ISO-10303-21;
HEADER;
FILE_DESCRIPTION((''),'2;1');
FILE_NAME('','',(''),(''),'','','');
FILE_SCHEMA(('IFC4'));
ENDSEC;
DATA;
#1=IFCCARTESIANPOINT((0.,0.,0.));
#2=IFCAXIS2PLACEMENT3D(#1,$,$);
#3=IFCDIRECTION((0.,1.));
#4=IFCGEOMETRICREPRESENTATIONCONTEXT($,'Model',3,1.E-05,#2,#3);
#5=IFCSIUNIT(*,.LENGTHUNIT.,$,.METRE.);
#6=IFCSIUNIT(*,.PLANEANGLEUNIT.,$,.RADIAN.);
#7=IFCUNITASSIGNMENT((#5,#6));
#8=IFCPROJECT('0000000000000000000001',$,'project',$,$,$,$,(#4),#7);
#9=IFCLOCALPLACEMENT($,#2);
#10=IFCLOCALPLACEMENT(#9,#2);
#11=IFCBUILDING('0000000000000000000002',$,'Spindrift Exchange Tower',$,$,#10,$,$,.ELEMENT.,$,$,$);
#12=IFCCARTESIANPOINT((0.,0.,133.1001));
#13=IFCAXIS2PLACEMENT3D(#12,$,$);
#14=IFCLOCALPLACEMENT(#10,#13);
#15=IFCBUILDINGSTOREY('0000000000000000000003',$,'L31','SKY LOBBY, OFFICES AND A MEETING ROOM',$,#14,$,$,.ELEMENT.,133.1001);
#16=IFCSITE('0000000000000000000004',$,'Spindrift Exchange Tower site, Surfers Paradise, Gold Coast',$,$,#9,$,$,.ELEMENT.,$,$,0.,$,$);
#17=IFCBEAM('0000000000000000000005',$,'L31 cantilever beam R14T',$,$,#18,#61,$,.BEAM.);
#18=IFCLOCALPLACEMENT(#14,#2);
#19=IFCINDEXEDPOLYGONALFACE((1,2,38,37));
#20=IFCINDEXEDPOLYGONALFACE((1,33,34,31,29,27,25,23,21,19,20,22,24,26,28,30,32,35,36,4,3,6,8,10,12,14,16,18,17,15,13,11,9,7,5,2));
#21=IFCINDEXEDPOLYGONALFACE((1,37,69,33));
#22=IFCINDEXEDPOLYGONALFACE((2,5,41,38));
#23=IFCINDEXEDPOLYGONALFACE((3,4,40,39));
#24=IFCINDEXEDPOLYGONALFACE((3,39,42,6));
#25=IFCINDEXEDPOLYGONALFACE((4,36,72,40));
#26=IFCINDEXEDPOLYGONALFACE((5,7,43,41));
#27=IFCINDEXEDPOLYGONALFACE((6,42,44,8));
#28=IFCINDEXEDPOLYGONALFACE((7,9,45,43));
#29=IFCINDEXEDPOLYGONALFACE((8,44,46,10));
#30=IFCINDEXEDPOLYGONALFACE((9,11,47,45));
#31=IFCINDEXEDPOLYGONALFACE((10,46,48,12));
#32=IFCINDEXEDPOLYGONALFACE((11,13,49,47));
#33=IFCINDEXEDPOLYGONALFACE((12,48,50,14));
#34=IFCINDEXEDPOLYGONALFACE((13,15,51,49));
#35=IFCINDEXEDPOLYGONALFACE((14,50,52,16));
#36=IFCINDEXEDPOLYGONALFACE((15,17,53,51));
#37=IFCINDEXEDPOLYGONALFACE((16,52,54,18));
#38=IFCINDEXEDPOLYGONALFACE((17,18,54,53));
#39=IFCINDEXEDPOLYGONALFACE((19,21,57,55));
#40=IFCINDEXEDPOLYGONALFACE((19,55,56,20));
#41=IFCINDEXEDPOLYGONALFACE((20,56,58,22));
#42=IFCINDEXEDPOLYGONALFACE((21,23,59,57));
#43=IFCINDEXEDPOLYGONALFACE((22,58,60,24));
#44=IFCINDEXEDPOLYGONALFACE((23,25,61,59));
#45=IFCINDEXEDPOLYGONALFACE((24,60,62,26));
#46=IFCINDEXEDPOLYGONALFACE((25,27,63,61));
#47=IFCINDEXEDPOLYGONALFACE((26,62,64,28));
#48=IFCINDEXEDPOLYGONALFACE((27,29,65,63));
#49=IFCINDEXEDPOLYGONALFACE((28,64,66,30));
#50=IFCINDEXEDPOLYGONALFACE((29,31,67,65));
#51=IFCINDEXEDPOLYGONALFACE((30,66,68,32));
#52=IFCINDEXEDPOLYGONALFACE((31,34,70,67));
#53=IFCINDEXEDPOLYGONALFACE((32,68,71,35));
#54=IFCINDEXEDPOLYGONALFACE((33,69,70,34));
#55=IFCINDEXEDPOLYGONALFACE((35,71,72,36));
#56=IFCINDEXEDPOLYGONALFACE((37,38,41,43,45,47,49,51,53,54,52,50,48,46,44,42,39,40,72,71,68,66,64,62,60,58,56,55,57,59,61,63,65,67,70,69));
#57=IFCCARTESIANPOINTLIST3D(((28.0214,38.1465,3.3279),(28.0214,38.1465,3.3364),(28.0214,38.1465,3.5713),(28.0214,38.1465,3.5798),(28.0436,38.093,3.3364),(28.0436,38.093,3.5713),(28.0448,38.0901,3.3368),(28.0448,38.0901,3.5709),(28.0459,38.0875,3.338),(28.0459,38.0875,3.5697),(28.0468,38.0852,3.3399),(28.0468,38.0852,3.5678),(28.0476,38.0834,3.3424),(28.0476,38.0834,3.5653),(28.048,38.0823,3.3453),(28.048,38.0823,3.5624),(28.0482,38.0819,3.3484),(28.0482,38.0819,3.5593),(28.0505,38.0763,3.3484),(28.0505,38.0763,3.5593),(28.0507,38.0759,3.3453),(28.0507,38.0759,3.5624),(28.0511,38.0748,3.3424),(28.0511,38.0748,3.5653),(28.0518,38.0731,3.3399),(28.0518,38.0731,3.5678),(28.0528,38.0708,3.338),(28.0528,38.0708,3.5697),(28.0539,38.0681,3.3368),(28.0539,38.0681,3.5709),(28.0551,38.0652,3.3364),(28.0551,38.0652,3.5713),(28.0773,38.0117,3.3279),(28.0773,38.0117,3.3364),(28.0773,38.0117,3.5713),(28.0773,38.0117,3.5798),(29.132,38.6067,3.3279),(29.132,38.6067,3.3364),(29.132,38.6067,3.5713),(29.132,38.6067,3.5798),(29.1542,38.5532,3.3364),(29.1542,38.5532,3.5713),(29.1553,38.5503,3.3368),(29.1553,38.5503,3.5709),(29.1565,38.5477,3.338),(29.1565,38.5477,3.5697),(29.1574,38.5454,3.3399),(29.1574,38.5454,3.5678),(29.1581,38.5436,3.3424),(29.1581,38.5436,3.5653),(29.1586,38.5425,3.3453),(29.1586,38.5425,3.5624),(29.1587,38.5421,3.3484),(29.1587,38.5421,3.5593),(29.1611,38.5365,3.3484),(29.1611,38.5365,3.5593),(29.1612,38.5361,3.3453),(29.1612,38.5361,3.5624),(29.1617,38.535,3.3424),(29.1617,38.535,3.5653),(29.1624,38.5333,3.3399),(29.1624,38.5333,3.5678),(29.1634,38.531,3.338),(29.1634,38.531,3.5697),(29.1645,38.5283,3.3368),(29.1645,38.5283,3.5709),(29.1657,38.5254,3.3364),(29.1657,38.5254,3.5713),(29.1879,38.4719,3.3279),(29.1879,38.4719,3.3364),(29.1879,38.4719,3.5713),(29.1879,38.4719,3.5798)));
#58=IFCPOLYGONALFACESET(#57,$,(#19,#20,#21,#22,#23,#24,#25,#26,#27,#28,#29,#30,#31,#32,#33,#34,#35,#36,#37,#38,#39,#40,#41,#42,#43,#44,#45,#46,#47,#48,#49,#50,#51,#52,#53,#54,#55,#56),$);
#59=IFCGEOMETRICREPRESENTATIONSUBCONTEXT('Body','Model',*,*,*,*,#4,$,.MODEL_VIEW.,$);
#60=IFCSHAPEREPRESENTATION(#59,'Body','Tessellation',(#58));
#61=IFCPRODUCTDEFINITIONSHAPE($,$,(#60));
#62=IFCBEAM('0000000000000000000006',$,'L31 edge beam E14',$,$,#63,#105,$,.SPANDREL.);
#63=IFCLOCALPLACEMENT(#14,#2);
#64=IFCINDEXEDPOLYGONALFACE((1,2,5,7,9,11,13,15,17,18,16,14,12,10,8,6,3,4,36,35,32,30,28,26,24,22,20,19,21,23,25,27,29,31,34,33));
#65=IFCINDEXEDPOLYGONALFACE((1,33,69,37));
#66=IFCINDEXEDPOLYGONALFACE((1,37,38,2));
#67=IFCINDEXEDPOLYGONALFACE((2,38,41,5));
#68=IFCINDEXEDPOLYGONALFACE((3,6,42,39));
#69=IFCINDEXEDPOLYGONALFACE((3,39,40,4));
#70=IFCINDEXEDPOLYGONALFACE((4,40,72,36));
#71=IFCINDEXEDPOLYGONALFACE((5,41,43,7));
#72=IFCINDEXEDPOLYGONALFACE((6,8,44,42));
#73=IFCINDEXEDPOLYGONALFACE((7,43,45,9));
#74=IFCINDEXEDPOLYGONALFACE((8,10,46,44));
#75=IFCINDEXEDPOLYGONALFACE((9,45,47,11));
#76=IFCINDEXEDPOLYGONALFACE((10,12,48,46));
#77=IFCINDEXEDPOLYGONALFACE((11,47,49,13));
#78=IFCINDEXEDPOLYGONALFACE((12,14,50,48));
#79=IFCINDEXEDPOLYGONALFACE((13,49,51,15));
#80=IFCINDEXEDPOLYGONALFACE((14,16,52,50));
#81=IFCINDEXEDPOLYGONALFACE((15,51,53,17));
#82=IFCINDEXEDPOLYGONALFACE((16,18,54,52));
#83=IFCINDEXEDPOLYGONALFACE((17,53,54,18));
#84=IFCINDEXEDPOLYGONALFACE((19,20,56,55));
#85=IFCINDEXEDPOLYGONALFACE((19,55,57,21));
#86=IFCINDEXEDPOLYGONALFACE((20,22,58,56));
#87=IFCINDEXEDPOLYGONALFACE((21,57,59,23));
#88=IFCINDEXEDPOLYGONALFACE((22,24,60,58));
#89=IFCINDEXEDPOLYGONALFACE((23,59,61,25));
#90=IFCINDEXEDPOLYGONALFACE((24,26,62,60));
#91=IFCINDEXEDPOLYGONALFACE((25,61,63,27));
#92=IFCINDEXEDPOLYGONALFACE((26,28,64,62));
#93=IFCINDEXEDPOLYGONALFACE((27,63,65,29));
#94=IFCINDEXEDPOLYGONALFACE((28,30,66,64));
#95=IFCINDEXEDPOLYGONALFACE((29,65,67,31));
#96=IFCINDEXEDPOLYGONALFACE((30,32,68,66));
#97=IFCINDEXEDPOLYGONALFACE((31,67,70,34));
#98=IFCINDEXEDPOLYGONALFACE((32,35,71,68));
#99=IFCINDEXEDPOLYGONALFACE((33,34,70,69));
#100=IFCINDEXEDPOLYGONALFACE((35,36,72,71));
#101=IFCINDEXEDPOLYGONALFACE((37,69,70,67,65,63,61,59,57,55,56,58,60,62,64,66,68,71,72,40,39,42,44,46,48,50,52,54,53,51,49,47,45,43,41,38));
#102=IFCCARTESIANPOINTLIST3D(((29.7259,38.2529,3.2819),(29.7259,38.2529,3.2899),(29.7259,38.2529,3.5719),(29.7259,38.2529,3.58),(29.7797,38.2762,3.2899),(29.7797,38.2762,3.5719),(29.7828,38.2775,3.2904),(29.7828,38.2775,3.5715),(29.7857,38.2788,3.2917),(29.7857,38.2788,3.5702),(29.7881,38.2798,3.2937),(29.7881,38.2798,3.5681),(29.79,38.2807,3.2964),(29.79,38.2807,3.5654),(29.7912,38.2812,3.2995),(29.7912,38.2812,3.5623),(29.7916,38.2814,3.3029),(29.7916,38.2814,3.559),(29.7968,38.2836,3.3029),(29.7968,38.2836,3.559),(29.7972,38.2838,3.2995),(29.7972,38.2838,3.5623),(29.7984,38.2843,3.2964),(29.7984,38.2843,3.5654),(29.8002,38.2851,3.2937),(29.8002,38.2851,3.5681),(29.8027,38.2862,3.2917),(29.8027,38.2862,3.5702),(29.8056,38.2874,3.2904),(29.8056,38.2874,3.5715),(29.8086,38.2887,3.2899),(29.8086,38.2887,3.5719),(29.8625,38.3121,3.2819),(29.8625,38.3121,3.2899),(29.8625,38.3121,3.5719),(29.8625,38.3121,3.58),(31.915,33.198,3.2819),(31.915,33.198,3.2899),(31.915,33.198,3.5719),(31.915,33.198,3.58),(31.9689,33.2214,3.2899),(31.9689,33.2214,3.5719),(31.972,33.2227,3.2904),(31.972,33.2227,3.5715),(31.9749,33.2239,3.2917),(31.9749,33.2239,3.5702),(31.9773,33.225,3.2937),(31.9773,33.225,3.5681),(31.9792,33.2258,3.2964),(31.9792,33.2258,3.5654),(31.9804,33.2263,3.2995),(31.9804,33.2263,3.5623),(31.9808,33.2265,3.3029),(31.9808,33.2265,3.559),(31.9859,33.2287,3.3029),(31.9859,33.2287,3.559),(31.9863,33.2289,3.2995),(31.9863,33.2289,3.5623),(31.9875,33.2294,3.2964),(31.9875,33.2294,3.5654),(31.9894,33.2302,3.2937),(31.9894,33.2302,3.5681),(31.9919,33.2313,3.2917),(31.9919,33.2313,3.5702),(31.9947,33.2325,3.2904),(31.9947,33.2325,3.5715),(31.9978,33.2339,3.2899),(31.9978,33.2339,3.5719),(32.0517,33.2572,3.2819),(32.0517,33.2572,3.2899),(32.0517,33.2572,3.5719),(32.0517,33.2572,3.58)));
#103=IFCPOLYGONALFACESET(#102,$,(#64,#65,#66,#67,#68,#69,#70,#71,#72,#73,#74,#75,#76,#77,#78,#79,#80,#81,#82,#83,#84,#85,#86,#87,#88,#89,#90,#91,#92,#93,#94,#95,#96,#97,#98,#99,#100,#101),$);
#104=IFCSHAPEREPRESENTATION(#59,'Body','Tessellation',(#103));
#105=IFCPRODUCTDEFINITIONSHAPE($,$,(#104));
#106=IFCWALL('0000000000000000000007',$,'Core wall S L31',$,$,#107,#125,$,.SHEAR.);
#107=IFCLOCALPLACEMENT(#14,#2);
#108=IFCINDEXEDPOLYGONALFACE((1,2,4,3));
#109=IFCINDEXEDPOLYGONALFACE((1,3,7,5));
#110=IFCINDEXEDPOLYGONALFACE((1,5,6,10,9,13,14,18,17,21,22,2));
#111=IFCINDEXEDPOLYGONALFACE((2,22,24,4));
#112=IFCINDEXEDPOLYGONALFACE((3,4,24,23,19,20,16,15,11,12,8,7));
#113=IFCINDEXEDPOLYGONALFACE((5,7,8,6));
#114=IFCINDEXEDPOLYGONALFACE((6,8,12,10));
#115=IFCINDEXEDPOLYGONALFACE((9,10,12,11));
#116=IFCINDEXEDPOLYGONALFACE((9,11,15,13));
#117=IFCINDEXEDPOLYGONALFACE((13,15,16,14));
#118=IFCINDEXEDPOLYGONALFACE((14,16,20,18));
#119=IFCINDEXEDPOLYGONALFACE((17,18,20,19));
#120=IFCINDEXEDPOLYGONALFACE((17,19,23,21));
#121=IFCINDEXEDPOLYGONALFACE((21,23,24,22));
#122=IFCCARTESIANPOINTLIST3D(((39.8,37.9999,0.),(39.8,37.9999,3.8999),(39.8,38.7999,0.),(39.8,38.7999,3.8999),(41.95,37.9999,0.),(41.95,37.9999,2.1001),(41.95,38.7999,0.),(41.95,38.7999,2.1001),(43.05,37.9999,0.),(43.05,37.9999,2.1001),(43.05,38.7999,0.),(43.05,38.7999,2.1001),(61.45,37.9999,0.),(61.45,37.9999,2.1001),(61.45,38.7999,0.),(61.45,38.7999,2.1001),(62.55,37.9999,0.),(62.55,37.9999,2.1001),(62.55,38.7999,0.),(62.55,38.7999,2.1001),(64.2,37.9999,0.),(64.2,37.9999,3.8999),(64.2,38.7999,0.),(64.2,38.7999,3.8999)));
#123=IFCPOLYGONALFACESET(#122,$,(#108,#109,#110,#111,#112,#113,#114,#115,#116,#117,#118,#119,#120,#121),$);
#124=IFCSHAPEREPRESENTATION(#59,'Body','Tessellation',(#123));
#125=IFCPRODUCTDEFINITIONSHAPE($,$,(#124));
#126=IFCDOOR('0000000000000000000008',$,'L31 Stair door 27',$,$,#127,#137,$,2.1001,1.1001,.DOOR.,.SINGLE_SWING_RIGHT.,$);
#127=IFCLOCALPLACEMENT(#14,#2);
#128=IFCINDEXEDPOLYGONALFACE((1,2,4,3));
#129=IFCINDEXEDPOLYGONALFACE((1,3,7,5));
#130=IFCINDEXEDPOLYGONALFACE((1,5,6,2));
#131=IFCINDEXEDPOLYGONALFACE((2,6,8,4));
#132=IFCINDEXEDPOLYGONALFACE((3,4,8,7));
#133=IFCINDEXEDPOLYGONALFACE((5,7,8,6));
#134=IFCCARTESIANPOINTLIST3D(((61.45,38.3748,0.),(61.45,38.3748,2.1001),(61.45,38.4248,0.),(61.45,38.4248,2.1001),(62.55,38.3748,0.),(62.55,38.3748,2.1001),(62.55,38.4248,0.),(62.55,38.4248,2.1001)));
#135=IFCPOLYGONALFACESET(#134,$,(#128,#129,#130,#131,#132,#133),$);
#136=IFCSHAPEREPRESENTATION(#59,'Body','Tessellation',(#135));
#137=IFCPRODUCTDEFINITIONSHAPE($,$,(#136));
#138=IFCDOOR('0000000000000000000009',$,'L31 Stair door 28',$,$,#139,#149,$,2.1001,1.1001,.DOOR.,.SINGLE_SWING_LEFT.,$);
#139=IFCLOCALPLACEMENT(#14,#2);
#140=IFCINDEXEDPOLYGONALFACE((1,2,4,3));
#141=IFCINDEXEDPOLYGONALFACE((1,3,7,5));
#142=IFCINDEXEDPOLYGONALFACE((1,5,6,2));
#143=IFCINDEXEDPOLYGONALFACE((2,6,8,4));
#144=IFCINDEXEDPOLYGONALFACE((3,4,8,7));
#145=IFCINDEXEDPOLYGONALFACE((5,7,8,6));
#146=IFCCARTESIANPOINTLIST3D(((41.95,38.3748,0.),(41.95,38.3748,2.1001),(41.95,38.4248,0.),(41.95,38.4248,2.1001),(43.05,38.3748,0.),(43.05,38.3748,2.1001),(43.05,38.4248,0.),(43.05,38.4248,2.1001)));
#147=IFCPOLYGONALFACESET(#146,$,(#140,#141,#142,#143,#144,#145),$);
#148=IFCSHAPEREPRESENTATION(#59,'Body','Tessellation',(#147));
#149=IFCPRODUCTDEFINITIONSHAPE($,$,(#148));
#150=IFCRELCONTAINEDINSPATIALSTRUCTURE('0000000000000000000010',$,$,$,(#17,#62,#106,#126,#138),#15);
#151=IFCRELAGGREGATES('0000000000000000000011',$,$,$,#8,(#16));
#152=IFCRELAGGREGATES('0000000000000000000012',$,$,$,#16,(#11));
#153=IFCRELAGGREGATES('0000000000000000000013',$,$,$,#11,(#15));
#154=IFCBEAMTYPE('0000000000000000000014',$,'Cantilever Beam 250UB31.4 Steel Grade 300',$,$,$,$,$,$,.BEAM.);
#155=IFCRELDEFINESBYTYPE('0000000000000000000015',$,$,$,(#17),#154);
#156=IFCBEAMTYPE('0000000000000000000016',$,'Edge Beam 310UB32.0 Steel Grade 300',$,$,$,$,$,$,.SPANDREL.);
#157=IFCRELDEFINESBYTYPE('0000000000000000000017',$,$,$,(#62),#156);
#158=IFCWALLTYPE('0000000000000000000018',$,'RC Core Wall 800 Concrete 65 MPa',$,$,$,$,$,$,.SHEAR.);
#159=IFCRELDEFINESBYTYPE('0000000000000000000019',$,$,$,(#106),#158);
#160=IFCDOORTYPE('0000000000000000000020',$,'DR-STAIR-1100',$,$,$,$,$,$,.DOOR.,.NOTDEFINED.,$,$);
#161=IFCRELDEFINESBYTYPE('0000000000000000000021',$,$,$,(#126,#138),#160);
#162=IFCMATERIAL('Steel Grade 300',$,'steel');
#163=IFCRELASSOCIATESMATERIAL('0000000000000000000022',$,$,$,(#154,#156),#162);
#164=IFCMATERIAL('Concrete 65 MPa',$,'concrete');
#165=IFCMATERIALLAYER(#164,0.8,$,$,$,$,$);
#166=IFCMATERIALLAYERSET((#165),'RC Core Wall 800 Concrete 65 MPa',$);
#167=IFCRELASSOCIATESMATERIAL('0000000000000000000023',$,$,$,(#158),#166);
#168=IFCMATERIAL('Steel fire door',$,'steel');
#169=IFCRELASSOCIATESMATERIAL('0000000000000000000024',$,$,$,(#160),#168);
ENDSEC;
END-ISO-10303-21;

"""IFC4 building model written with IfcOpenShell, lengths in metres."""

from ifc_helpers import new_model, si_unit, direction, frame, frame_2d, origin, origin_2d, place, context, subcontext, project, spatial, rectangle, i_section, extrude, source, transform, mapped, material, layer, layer_set, material_profile, profile_set, type_object, element, fill, save


model = new_model("IFC4")

# Units and contexts
model_context = context("Model", 3, precision=1e-05, world=origin(), true_north=direction((0.0, 1.0)))
body_context = subcontext(model_context, "Body", "Model", "MODEL_VIEW")
ifc_project = project(units=[si_unit("LENGTHUNIT", "METRE"), si_unit("PLANEANGLEUNIT", "RADIAN")], contexts=[model_context])

# Site, building, storey
site_placement = place(None, origin())
site = spatial("IfcSite", under=ifc_project, at=site_placement, Name="Spindrift Exchange Tower site, Surfers Paradise, Gold Coast", CompositionType="ELEMENT", RefElevation=0.0)
building_placement = place(site_placement, origin())
building = spatial("IfcBuilding", under=site, at=building_placement, Name="Spindrift Exchange Tower", CompositionType="ELEMENT")
storey_placement = place(building_placement, frame((0.0, 0.0, 133.1001)))
storey = spatial("IfcBuildingStorey", under=building, at=storey_placement, Name="L31", Description="SKY LOBBY, OFFICES AND A MEETING ROOM", CompositionType="ELEMENT", Elevation=133.1001)

# Beams
ifc_material_1 = material(Name="Steel Grade 300", Category="steel")
ifc_material_profile_1 = material_profile(ifc_material_1, i_section(OverallWidth=0.146, OverallDepth=0.252, WebThickness=0.0061, FlangeThickness=0.0085, FilletRadius=0.012, at=origin_2d()), Name="250UB31.4")
ifc_profile_set_1 = profile_set([ifc_material_profile_1], Name="Steel Grade 300")
beam_type_1 = type_object("IfcBeamType", Name="Cantilever Beam 250UB31.4 Steel Grade 300", PredefinedType="BEAM", material=ifc_profile_set_1)
shared_shape_1 = source(origin(), body_context, "Body", "SweptSolid", [
    extrude(i_section(OverallWidth=0.146, OverallDepth=0.252, WebThickness=0.0061, FlangeThickness=0.0085, FilletRadius=0.012, at=origin_2d()), origin(), (0.0, 0.0, 1.0), 1.2021),
])
beam_1_placement = place(storey_placement, frame((29.1599, 38.5393, 3.4539), z_axis=(-0.923826, -0.382812, 0.0), x_axis=(0.382812, -0.923826, 0.0)))
element("IfcBeam", 1, at=beam_1_placement, inside=storey, type_object=beam_type_1, Name="L31 cantilever beam R14T", PredefinedType="BEAM", context=body_context, shape_type="MappedRepresentation", body=[
    mapped(shared_shape_1, transform((0.0, 0.0, 0.0), scale=1.0)),
])
ifc_material_profile_2 = material_profile(ifc_material_1, i_section(OverallWidth=0.1489, OverallDepth=0.2981, WebThickness=0.0056, FlangeThickness=0.0081, FilletRadius=0.0129, at=origin_2d()), Name="310UB32.0")
ifc_profile_set_2 = profile_set([ifc_material_profile_2], Name="Steel Grade 300")
beam_type_2 = type_object("IfcBeamType", Name="Edge Beam 310UB32.0 Steel Grade 300", PredefinedType="SPANDREL", material=ifc_profile_set_2)
shared_shape_2 = source(origin(), body_context, "Body", "SweptSolid", [
    extrude(i_section(OverallWidth=0.1489, OverallDepth=0.2981, WebThickness=0.0056, FlangeThickness=0.0081, FilletRadius=0.0129, at=origin_2d()), origin(), (0.0, 0.0, 1.0), 5.5085),
])
beam_2_placement = place(storey_placement, frame((29.7942, 38.2825, 3.4309), z_axis=(0.397415, -0.917639, 0.0), x_axis=(0.917639, 0.397415, 0.0)))
element("IfcBeam", 2, at=beam_2_placement, inside=storey, type_object=beam_type_2, Name="L31 edge beam E14", PredefinedType="SPANDREL", context=body_context, shape_type="MappedRepresentation", body=[
    mapped(shared_shape_2, transform((0.0, 0.0, 0.0), scale=1.0)),
])

# Wall, openings, doors
ifc_material_2 = material(Name="Concrete 65 MPa", Category="concrete")
ifc_layer_1 = layer(ifc_material_2, 0.8)
ifc_layer_set_1 = layer_set([ifc_layer_1], Name="RC Core Wall 800 Concrete 65 MPa")
wall_type_1 = type_object("IfcWallType", Name="RC Core Wall 800 Concrete 65 MPa", PredefinedType="SHEAR", material=ifc_layer_set_1)
wall_1_placement = place(storey_placement, frame((39.8, 38.3999, 0.0), z_axis=(0.0, 0.0, 1.0), x_axis=(1.0, 0.0, 0.0)))
wall_1 = element("IfcWall", 3, at=wall_1_placement, inside=storey, type_object=wall_type_1, Name="Core wall S L31", PredefinedType="SHEAR", context=body_context, shape_type="SweptSolid", body=[
    extrude(rectangle(XDim=24.3999, YDim=0.8, at=frame_2d((12.2, 0.0))), origin(), (0.0, 0.0, 1.0), 3.8999),
])
opening_1_placement = place(wall_1_placement, frame((21.6499, 0.0, 0.0)))
opening_1 = element("IfcOpeningElement", 4, at=opening_1_placement, cuts=wall_1, PredefinedType="OPENING", context=body_context, shape_type="SweptSolid", body=[
    extrude(rectangle(XDim=1.1001, YDim=2.1001, at=frame_2d((0.55, 1.05))), frame((0.0, 0.4099, 0.0), z_axis=(0.0, -1.0, 0.0), x_axis=(1.0, 0.0, 0.0)), (0.0, 0.0, 1.0), 0.8201),
])
opening_2_placement = place(wall_1_placement, frame((2.1499, 0.0, 0.0)))
opening_2 = element("IfcOpeningElement", 5, at=opening_2_placement, cuts=wall_1, PredefinedType="OPENING", context=body_context, shape_type="SweptSolid", body=[
    extrude(rectangle(XDim=1.1001, YDim=2.1001, at=frame_2d((0.55, 1.05))), frame((0.0, 0.4099, 0.0), z_axis=(0.0, -1.0, 0.0), x_axis=(1.0, 0.0, 0.0)), (0.0, 0.0, 1.0), 0.8201),
])
ifc_material_3 = material(Name="Steel fire door", Category="steel")
door_type_1 = type_object("IfcDoorType", Name="DR-STAIR-1100", OperationType="NOTDEFINED", PredefinedType="DOOR", material=ifc_material_3)
shared_shape_3 = source(origin(), body_context, "Body", "SweptSolid", [
    extrude(rectangle(XDim=1.1001, YDim=2.1001, at=frame_2d((0.55, 1.05))), frame((0.0, 0.0249, 0.0), z_axis=(0.0, -1.0, 0.0), x_axis=(1.0, 0.0, 0.0)), (0.0, 0.0, 1.0), 0.05),
])
door_1_placement = place(opening_1_placement, origin())
door_1 = element("IfcDoor", 6, at=door_1_placement, inside=storey, type_object=door_type_1, Name="L31 Stair door 27", OperationType="SINGLE_SWING_RIGHT", OverallHeight=2.1001, OverallWidth=1.1001, PredefinedType="DOOR", context=body_context, shape_type="MappedRepresentation", body=[
    mapped(shared_shape_3, transform((0.0, 0.0, 0.0), scale=1.0)),
])
fill(opening_1, door_1)
door_2_placement = place(opening_2_placement, origin())
door_2 = element("IfcDoor", 7, at=door_2_placement, inside=storey, type_object=door_type_1, Name="L31 Stair door 28", OperationType="SINGLE_SWING_LEFT", OverallHeight=2.1001, OverallWidth=1.1001, PredefinedType="DOOR", context=body_context, shape_type="MappedRepresentation", body=[
    mapped(shared_shape_3, transform((0.0, 0.0, 0.0), scale=1.0)),
])
fill(opening_2, door_2)

save(model, "model.ifc")
